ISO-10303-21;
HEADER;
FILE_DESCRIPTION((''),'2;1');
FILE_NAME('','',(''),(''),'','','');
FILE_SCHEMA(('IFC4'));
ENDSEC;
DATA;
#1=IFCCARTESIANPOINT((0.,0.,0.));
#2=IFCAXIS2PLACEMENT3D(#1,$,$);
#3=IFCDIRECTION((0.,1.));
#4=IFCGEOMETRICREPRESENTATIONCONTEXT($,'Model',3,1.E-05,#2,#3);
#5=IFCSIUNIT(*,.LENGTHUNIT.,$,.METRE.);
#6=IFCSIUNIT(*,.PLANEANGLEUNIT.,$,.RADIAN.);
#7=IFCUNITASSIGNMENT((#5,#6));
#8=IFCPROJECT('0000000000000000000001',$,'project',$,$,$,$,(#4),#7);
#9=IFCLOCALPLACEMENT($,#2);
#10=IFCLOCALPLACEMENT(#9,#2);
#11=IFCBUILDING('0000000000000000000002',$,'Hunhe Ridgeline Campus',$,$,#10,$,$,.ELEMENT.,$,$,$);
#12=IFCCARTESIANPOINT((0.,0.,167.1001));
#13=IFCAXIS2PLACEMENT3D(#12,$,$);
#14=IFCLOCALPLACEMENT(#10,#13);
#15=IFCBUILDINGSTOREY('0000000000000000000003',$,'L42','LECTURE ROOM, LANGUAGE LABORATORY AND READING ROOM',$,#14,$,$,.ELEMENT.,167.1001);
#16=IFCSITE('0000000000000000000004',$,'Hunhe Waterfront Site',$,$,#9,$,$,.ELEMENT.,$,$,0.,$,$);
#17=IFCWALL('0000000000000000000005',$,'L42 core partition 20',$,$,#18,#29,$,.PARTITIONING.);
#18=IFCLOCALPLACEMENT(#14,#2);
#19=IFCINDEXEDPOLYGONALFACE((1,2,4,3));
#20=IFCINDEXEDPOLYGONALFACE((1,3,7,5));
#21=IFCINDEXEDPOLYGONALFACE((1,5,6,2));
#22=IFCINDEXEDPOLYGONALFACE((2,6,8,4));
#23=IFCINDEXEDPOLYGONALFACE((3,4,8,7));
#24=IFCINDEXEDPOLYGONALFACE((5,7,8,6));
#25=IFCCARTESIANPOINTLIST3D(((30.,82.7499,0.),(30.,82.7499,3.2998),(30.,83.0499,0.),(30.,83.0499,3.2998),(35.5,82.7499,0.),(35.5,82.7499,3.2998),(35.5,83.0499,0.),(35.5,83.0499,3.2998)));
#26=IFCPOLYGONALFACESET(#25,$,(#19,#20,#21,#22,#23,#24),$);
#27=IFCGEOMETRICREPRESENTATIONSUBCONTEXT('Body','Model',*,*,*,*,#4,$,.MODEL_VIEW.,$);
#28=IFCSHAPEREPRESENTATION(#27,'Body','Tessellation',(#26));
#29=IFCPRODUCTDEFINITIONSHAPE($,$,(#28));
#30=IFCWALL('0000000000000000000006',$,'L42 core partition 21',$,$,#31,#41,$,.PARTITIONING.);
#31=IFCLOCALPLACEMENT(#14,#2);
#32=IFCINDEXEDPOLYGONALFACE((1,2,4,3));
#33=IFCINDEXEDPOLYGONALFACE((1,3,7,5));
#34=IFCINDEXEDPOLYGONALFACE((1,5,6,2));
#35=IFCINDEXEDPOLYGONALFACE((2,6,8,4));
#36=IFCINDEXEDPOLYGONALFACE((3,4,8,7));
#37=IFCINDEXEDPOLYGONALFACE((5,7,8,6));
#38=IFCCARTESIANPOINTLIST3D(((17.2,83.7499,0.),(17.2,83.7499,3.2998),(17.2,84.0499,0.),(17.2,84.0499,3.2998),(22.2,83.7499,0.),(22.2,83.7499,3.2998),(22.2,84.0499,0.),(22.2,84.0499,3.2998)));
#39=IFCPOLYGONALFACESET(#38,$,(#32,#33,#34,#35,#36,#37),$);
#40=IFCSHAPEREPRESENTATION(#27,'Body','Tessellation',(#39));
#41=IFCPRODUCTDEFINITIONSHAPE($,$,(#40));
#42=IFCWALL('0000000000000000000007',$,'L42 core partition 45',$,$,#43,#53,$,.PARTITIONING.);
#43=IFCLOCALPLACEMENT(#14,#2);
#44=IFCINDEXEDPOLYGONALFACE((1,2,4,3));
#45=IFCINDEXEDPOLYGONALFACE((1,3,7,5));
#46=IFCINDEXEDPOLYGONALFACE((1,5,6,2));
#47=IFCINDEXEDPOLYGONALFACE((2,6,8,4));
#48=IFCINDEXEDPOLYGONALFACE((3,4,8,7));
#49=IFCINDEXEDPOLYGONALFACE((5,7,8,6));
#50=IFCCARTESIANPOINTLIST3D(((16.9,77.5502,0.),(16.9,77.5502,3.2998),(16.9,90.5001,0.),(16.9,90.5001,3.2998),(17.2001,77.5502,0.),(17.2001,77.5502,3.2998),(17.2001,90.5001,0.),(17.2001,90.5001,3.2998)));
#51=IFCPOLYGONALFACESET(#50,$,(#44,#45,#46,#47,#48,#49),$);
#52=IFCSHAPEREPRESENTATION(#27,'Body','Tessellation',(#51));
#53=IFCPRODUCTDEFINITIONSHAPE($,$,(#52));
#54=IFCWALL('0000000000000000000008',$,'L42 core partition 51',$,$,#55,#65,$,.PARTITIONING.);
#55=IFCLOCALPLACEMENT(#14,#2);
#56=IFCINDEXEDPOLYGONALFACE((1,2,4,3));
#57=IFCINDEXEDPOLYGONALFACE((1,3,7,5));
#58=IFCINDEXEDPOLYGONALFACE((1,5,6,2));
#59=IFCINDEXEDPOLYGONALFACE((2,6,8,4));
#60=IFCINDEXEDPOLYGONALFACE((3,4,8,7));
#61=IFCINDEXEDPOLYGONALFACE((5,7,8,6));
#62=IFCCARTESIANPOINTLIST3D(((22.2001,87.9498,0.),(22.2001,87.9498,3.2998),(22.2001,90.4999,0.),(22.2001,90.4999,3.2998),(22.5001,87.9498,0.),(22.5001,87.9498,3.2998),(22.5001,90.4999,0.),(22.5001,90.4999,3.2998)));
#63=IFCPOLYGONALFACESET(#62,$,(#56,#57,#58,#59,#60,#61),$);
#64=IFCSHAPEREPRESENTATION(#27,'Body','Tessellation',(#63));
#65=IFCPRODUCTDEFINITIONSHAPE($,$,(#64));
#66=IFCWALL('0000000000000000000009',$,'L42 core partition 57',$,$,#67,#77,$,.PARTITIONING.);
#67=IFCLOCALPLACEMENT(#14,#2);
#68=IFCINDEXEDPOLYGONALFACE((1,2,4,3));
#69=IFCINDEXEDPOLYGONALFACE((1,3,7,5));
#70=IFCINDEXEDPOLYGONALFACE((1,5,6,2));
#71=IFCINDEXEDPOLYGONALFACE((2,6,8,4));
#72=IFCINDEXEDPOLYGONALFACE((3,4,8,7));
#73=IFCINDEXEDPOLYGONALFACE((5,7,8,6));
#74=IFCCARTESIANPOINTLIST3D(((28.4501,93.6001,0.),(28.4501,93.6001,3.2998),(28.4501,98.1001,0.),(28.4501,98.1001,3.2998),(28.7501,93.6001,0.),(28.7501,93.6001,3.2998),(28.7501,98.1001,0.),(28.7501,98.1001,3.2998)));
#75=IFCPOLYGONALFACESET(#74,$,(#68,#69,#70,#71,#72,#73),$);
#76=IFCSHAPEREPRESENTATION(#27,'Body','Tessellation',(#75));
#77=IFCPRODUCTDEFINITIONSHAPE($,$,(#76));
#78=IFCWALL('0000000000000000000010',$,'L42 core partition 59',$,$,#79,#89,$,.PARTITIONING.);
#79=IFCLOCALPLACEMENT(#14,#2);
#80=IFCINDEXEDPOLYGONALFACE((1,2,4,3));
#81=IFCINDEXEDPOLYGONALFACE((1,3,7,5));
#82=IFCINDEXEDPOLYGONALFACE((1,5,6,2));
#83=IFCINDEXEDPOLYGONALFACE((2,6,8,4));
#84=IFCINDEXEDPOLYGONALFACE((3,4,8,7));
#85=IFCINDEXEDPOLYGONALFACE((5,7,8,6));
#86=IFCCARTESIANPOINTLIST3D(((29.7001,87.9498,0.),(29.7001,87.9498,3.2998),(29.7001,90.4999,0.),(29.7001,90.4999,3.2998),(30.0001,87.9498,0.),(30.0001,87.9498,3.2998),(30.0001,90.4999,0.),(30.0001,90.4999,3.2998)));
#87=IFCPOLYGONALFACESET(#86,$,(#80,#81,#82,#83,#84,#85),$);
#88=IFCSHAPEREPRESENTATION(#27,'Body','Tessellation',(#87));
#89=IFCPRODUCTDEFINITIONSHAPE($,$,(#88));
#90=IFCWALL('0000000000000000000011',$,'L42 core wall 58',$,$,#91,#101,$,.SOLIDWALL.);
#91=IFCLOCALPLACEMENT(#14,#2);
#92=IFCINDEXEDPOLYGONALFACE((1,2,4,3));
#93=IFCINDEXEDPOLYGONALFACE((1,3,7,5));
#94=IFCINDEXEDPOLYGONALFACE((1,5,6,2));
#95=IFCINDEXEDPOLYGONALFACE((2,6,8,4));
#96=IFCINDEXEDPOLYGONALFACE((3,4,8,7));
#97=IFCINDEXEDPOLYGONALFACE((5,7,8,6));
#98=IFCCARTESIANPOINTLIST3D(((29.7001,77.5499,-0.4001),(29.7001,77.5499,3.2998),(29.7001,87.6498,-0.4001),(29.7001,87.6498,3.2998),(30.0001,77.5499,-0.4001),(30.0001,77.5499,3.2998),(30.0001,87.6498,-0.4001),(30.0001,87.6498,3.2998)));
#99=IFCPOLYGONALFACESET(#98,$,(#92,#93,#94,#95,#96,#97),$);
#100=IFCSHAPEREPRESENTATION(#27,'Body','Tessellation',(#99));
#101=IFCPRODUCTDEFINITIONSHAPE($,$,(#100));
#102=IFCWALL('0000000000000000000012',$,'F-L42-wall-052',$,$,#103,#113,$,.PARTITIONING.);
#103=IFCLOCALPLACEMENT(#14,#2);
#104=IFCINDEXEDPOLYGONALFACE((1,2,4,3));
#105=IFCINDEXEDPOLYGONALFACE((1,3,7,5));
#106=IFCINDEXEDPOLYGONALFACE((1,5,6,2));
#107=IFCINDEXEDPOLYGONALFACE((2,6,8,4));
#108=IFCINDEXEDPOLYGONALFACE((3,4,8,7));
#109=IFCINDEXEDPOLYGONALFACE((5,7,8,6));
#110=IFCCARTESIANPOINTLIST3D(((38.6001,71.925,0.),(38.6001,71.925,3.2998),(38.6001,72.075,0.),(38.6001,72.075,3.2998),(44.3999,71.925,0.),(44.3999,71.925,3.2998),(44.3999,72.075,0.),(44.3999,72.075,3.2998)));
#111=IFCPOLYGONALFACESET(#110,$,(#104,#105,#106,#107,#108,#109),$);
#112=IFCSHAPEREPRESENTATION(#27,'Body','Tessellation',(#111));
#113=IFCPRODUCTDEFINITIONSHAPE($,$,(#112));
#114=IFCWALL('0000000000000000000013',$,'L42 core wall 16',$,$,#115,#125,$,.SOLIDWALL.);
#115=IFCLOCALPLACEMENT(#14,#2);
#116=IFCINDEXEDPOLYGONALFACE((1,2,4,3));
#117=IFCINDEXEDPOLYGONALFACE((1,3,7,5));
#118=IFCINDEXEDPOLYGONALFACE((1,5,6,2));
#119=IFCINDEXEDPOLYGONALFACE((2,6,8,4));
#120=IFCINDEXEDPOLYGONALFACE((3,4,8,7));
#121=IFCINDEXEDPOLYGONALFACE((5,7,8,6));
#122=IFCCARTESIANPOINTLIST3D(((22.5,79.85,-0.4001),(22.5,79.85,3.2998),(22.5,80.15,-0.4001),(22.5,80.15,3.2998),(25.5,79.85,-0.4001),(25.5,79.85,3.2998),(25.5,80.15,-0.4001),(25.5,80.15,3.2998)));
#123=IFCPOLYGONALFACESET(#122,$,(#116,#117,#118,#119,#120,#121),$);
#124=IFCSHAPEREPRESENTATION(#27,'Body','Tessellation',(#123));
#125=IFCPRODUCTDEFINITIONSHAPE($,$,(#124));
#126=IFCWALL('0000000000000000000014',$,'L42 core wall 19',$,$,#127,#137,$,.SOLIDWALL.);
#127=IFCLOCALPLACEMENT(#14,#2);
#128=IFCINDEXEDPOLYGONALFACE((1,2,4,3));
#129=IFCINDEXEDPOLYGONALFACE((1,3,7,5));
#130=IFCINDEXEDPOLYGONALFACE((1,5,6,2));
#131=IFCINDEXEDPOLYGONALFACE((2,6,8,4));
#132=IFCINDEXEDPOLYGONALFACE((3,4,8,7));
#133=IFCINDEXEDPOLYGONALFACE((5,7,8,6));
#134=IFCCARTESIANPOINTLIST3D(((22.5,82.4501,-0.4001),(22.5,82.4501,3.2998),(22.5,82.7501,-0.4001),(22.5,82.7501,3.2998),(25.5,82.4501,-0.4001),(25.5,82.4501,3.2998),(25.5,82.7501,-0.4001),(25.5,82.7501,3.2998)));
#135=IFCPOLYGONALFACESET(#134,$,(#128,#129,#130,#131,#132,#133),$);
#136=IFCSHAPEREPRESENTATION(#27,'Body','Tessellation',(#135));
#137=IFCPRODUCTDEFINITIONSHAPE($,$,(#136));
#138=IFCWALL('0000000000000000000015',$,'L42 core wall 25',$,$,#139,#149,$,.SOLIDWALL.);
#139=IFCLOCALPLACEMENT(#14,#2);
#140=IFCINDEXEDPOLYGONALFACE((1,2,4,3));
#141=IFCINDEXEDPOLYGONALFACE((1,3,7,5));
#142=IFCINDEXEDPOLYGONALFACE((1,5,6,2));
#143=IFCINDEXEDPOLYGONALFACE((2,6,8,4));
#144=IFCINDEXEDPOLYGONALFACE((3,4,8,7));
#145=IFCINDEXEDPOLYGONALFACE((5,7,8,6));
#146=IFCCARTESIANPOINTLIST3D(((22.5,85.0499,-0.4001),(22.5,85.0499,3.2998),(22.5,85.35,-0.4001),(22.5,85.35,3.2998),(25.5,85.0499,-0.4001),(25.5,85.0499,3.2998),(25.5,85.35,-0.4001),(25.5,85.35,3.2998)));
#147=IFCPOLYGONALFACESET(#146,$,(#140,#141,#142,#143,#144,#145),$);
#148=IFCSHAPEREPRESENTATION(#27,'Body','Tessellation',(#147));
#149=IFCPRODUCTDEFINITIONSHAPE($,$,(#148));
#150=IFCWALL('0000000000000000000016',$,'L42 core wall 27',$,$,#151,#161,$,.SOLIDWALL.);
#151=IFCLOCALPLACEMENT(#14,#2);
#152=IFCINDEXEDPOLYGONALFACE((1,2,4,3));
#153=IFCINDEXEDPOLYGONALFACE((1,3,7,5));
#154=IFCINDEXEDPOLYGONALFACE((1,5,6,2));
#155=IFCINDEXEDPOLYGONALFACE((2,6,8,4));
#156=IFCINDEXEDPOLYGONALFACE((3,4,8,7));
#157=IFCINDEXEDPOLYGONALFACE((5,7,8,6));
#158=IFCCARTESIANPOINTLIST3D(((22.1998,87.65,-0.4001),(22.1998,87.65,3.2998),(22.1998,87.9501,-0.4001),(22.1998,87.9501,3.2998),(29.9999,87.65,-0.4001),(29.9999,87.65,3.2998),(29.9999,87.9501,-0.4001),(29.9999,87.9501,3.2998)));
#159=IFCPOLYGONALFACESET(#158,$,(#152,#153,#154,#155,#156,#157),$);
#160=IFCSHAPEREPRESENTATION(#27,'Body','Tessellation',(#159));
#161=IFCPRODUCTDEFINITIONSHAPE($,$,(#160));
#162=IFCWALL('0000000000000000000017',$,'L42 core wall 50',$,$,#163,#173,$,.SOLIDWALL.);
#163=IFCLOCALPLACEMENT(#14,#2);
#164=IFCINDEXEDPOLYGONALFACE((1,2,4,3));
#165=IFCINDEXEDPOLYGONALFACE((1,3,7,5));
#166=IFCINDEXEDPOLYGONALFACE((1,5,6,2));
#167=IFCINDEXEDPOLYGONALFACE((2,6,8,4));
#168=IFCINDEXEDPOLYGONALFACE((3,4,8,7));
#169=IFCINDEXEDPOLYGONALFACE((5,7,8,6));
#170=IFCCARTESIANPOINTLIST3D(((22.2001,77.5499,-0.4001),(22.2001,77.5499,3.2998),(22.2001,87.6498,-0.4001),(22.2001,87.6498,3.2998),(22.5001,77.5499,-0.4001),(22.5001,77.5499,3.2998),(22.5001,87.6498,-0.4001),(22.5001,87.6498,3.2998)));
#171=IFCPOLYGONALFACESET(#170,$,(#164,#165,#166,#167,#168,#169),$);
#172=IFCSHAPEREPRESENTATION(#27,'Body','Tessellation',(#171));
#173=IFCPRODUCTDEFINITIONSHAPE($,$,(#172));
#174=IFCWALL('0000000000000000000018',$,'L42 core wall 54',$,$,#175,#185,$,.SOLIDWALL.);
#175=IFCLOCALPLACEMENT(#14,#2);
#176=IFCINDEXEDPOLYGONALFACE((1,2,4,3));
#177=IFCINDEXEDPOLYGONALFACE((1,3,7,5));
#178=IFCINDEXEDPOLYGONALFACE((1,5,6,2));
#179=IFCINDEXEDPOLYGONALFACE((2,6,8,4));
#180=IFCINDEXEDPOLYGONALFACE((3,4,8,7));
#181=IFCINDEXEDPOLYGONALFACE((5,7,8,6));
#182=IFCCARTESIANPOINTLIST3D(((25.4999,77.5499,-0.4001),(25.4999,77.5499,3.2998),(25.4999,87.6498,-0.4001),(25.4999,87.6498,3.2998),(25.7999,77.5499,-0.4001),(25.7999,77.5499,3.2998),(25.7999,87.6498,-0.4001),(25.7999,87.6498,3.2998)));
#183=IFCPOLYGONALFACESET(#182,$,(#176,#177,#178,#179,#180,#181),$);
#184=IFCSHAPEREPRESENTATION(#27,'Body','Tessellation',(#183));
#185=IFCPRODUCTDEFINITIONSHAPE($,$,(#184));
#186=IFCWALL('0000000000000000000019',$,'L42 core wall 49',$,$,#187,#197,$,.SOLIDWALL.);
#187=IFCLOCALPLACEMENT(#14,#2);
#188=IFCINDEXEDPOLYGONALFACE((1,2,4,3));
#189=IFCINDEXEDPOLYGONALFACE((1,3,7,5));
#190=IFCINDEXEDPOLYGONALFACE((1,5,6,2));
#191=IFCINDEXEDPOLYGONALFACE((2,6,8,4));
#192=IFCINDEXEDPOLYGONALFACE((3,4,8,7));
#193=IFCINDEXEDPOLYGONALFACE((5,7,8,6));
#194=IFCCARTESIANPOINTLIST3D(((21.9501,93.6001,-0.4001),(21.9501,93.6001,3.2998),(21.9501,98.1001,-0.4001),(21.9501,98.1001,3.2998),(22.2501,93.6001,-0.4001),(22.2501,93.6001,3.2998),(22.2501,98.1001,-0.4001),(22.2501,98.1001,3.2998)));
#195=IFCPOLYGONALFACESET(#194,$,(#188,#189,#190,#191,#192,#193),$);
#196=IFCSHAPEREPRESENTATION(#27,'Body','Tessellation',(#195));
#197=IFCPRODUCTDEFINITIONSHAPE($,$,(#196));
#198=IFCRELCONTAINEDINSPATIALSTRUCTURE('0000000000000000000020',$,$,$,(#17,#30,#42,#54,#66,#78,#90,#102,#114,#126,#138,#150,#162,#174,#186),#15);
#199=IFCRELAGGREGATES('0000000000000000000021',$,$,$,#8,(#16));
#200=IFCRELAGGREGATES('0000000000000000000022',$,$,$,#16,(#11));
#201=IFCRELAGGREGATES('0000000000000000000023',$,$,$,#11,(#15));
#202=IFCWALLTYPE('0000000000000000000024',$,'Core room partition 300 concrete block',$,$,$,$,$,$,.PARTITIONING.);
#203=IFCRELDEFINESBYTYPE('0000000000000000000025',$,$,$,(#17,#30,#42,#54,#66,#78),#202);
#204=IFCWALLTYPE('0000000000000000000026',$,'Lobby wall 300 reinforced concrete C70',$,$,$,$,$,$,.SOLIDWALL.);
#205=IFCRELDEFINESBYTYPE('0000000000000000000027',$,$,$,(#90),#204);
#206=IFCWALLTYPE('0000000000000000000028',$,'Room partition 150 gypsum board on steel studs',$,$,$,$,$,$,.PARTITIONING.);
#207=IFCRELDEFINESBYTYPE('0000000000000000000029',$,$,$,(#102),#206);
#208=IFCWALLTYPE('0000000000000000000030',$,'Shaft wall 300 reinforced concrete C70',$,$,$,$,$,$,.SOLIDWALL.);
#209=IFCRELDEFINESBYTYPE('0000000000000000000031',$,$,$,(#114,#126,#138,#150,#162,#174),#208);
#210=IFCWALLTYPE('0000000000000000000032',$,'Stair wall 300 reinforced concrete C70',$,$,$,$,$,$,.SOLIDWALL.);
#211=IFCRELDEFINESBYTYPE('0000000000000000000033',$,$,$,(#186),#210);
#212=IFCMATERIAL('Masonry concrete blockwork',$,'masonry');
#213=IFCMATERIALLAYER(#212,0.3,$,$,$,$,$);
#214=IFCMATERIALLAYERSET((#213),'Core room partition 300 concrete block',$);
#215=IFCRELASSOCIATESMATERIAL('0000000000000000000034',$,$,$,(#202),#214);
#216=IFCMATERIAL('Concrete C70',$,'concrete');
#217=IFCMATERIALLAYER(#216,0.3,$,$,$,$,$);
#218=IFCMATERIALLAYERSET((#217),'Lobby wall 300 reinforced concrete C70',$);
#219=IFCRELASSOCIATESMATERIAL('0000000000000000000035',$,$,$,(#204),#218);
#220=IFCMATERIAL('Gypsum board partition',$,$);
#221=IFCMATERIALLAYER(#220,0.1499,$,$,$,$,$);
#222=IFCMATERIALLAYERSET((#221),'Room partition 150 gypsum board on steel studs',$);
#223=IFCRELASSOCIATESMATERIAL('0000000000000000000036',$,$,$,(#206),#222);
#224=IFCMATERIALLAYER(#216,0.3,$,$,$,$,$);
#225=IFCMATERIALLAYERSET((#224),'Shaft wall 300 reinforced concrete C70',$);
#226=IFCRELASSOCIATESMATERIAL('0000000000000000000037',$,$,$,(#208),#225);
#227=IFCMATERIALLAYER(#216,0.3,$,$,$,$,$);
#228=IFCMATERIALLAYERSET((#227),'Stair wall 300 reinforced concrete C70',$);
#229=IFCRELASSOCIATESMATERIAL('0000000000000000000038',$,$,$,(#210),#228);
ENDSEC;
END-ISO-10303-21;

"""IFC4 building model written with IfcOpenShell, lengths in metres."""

from ifc_helpers import new_model, si_unit, direction, frame, frame_2d, origin, place, context, subcontext, project, spatial, rectangle, extrude, material, layer, layer_set, type_object, element, save


model = new_model("IFC4")

# Units and contexts
model_context = context("Model", 3, precision=1e-05, world=origin(), true_north=direction((0.0, 1.0)))
body_context = subcontext(model_context, "Body", "Model", "MODEL_VIEW")
ifc_project = project(units=[si_unit("LENGTHUNIT", "METRE"), si_unit("PLANEANGLEUNIT", "RADIAN")], contexts=[model_context])

# Site, building, storey
site_placement = place(None, origin())
site = spatial("IfcSite", under=ifc_project, at=site_placement, Name="Hunhe Waterfront Site", CompositionType="ELEMENT", RefElevation=0.0)
building_placement = place(site_placement, origin())
building = spatial("IfcBuilding", under=site, at=building_placement, Name="Hunhe Ridgeline Campus", CompositionType="ELEMENT")
storey_placement = place(building_placement, frame((0.0, 0.0, 167.1001)))
storey = spatial("IfcBuildingStorey", under=building, at=storey_placement, Name="L42", Description="LECTURE ROOM, LANGUAGE LABORATORY AND READING ROOM", CompositionType="ELEMENT", Elevation=167.1001)

# Shared definitions
ifc_material_1 = material(Name="Masonry concrete blockwork", Category="masonry")
ifc_layer_1 = layer(ifc_material_1, 0.3)
ifc_layer_set_1 = layer_set([ifc_layer_1], Name="Core room partition 300 concrete block")
wall_type_1 = type_object("IfcWallType", Name="Core room partition 300 concrete block", PredefinedType="PARTITIONING", material=ifc_layer_set_1)

# Walls
wall_1_placement = place(storey_placement, frame((30.0, 82.8999, 0.0), z_axis=(0.0, 0.0, 1.0), x_axis=(1.0, 0.0, 0.0)))
element("IfcWall", 1, at=wall_1_placement, inside=storey, type_object=wall_type_1, Name="L42 core partition 20", PredefinedType="PARTITIONING", context=body_context, shape_type="SweptSolid", body=[
    extrude(rectangle(XDim=5.5, YDim=0.3, at=frame_2d((2.75, 0.0))), origin(), (0.0, 0.0, 1.0), 3.2998),
])
wall_2_placement = place(storey_placement, frame((17.2, 83.8999, 0.0), z_axis=(0.0, 0.0, 1.0), x_axis=(1.0, 0.0, 0.0)))
element("IfcWall", 2, at=wall_2_placement, inside=storey, type_object=wall_type_1, Name="L42 core partition 21", PredefinedType="PARTITIONING", context=body_context, shape_type="SweptSolid", body=[
    extrude(rectangle(XDim=5.0, YDim=0.3, at=frame_2d((2.5, 0.0))), origin(), (0.0, 0.0, 1.0), 3.2998),
])
wall_3_placement = place(storey_placement, frame((17.05, 77.55, 0.0), z_axis=(0.0, 0.0, 1.0), x_axis=(0.0, 1.0, 0.0)))
element("IfcWall", 3, at=wall_3_placement, inside=storey, type_object=wall_type_1, Name="L42 core partition 45", PredefinedType="PARTITIONING", context=body_context, shape_type="SweptSolid", body=[
    extrude(rectangle(XDim=12.95, YDim=0.3, at=frame_2d((6.4751, 0.0))), origin(), (0.0, 0.0, 1.0), 3.2998),
])
wall_4_placement = place(storey_placement, frame((22.3501, 87.95, 0.0), z_axis=(0.0, 0.0, 1.0), x_axis=(0.0, 1.0, 0.0)))
element("IfcWall", 4, at=wall_4_placement, inside=storey, type_object=wall_type_1, Name="L42 core partition 51", PredefinedType="PARTITIONING", context=body_context, shape_type="SweptSolid", body=[
    extrude(rectangle(XDim=2.55, YDim=0.3, at=frame_2d((1.2749, 0.0))), origin(), (0.0, 0.0, 1.0), 3.2998),
])
wall_5_placement = place(storey_placement, frame((28.6001, 93.6001, 0.0), z_axis=(0.0, 0.0, 1.0), x_axis=(0.0, 1.0, 0.0)))
element("IfcWall", 5, at=wall_5_placement, inside=storey, type_object=wall_type_1, Name="L42 core partition 57", PredefinedType="PARTITIONING", context=body_context, shape_type="SweptSolid", body=[
    extrude(rectangle(XDim=4.5, YDim=0.3, at=frame_2d((2.25, 0.0))), origin(), (0.0, 0.0, 1.0), 3.2998),
])
wall_6_placement = place(storey_placement, frame((29.8501, 87.95, 0.0), z_axis=(0.0, 0.0, 1.0), x_axis=(0.0, 1.0, 0.0)))
element("IfcWall", 6, at=wall_6_placement, inside=storey, type_object=wall_type_1, Name="L42 core partition 59", PredefinedType="PARTITIONING", context=body_context, shape_type="SweptSolid", body=[
    extrude(rectangle(XDim=2.55, YDim=0.3, at=frame_2d((1.2749, 0.0))), origin(), (0.0, 0.0, 1.0), 3.2998),
])

# Shared definitions
ifc_material_2 = material(Name="Gypsum board partition")

# Walls
ifc_material_3 = material(Name="Concrete C70", Category="concrete")
ifc_layer_2 = layer(ifc_material_3, 0.3)
ifc_layer_set_2 = layer_set([ifc_layer_2], Name="Lobby wall 300 reinforced concrete C70")
wall_type_2 = type_object("IfcWallType", Name="Lobby wall 300 reinforced concrete C70", PredefinedType="SOLIDWALL", material=ifc_layer_set_2)
wall_7_placement = place(storey_placement, frame((29.8501, 77.55, -0.4001), z_axis=(0.0, 0.0, 1.0), x_axis=(0.0, 1.0, 0.0)))
element("IfcWall", 7, at=wall_7_placement, inside=storey, type_object=wall_type_2, Name="L42 core wall 58", PredefinedType="SOLIDWALL", context=body_context, shape_type="SweptSolid", body=[
    extrude(rectangle(XDim=10.0999, YDim=0.3, at=frame_2d((5.0498, 0.0))), origin(), (0.0, 0.0, 1.0), 3.7),
])
ifc_layer_3 = layer(ifc_material_2, 0.1499)
ifc_layer_set_3 = layer_set([ifc_layer_3], Name="Room partition 150 gypsum board on steel studs")
wall_type_3 = type_object("IfcWallType", Name="Room partition 150 gypsum board on steel studs", PredefinedType="PARTITIONING", material=ifc_layer_set_3)
wall_8_placement = place(storey_placement, frame((38.6001, 72.0, 0.0), z_axis=(0.0, 0.0, 1.0), x_axis=(1.0, 0.0, 0.0)))
element("IfcWall", 8, at=wall_8_placement, inside=storey, type_object=wall_type_3, Name="F-L42-wall-052", PredefinedType="PARTITIONING", context=body_context, shape_type="SweptSolid", body=[
    extrude(rectangle(XDim=5.7998, YDim=0.1499, at=frame_2d((2.8999, 0.0))), origin(), (0.0, 0.0, 1.0), 3.2998),
])
ifc_layer_4 = layer(ifc_material_3, 0.3)
ifc_layer_set_4 = layer_set([ifc_layer_4], Name="Shaft wall 300 reinforced concrete C70")
wall_type_4 = type_object("IfcWallType", Name="Shaft wall 300 reinforced concrete C70", PredefinedType="SOLIDWALL", material=ifc_layer_set_4)
for number, where, z_axis, x_axis, name in (
    (9, (22.5, 80.0, -0.4001), (0.0, 0.0, 1.0), (1.0, 0.0, 0.0), "L42 core wall 16"),
    (10, (22.5, 82.6001, -0.4001), (0.0, 0.0, 1.0), (1.0, 0.0, 0.0), "L42 core wall 19"),
    (11, (22.5, 85.2, -0.4001), (0.0, 0.0, 1.0), (1.0, 0.0, 0.0), "L42 core wall 25"),
):
    element("IfcWall", number, at=place(storey_placement, frame(where, z_axis=z_axis, x_axis=x_axis)), inside=storey, type_object=wall_type_4, Name=name, PredefinedType="SOLIDWALL", context=body_context, shape_type="SweptSolid", body=[
        extrude(rectangle(XDim=3.0, YDim=0.3, at=frame_2d((1.5, 0.0))), origin(), (0.0, 0.0, 1.0), 3.7),
    ])
wall_9_placement = place(storey_placement, frame((22.2, 87.8, -0.4001), z_axis=(0.0, 0.0, 1.0), x_axis=(1.0, 0.0, 0.0)))
element("IfcWall", 12, at=wall_9_placement, inside=storey, type_object=wall_type_4, Name="L42 core wall 27", PredefinedType="SOLIDWALL", context=body_context, shape_type="SweptSolid", body=[
    extrude(rectangle(XDim=7.8, YDim=0.3, at=frame_2d((3.8999, 0.0))), origin(), (0.0, 0.0, 1.0), 3.7),
])
for number, where, z_axis, x_axis, name in (
    (13, (22.3501, 77.55, -0.4001), (0.0, 0.0, 1.0), (0.0, 1.0, 0.0), "L42 core wall 50"),
    (14, (25.6499, 77.55, -0.4001), (0.0, 0.0, 1.0), (0.0, 1.0, 0.0), "L42 core wall 54"),
):
    element("IfcWall", number, at=place(storey_placement, frame(where, z_axis=z_axis, x_axis=x_axis)), inside=storey, type_object=wall_type_4, Name=name, PredefinedType="SOLIDWALL", context=body_context, shape_type="SweptSolid", body=[
        extrude(rectangle(XDim=10.0999, YDim=0.3, at=frame_2d((5.0498, 0.0))), origin(), (0.0, 0.0, 1.0), 3.7),
    ])

# Shared definitions
ifc_layer_5 = layer(ifc_material_3, 0.3)
ifc_layer_set_5 = layer_set([ifc_layer_5], Name="Stair wall 300 reinforced concrete C70")
wall_type_5 = type_object("IfcWallType", Name="Stair wall 300 reinforced concrete C70", PredefinedType="SOLIDWALL", material=ifc_layer_set_5)

# Wall
wall_10_placement = place(storey_placement, frame((22.1001, 93.6001, -0.4001), z_axis=(0.0, 0.0, 1.0), x_axis=(0.0, 1.0, 0.0)))
element("IfcWall", 15, at=wall_10_placement, inside=storey, type_object=wall_type_5, Name="L42 core wall 49", PredefinedType="SOLIDWALL", context=body_context, shape_type="SweptSolid", body=[
    extrude(rectangle(XDim=4.5, YDim=0.3, at=frame_2d((2.25, 0.0))), origin(), (0.0, 0.0, 1.0), 3.7),
])

save(model, "model.ifc")
